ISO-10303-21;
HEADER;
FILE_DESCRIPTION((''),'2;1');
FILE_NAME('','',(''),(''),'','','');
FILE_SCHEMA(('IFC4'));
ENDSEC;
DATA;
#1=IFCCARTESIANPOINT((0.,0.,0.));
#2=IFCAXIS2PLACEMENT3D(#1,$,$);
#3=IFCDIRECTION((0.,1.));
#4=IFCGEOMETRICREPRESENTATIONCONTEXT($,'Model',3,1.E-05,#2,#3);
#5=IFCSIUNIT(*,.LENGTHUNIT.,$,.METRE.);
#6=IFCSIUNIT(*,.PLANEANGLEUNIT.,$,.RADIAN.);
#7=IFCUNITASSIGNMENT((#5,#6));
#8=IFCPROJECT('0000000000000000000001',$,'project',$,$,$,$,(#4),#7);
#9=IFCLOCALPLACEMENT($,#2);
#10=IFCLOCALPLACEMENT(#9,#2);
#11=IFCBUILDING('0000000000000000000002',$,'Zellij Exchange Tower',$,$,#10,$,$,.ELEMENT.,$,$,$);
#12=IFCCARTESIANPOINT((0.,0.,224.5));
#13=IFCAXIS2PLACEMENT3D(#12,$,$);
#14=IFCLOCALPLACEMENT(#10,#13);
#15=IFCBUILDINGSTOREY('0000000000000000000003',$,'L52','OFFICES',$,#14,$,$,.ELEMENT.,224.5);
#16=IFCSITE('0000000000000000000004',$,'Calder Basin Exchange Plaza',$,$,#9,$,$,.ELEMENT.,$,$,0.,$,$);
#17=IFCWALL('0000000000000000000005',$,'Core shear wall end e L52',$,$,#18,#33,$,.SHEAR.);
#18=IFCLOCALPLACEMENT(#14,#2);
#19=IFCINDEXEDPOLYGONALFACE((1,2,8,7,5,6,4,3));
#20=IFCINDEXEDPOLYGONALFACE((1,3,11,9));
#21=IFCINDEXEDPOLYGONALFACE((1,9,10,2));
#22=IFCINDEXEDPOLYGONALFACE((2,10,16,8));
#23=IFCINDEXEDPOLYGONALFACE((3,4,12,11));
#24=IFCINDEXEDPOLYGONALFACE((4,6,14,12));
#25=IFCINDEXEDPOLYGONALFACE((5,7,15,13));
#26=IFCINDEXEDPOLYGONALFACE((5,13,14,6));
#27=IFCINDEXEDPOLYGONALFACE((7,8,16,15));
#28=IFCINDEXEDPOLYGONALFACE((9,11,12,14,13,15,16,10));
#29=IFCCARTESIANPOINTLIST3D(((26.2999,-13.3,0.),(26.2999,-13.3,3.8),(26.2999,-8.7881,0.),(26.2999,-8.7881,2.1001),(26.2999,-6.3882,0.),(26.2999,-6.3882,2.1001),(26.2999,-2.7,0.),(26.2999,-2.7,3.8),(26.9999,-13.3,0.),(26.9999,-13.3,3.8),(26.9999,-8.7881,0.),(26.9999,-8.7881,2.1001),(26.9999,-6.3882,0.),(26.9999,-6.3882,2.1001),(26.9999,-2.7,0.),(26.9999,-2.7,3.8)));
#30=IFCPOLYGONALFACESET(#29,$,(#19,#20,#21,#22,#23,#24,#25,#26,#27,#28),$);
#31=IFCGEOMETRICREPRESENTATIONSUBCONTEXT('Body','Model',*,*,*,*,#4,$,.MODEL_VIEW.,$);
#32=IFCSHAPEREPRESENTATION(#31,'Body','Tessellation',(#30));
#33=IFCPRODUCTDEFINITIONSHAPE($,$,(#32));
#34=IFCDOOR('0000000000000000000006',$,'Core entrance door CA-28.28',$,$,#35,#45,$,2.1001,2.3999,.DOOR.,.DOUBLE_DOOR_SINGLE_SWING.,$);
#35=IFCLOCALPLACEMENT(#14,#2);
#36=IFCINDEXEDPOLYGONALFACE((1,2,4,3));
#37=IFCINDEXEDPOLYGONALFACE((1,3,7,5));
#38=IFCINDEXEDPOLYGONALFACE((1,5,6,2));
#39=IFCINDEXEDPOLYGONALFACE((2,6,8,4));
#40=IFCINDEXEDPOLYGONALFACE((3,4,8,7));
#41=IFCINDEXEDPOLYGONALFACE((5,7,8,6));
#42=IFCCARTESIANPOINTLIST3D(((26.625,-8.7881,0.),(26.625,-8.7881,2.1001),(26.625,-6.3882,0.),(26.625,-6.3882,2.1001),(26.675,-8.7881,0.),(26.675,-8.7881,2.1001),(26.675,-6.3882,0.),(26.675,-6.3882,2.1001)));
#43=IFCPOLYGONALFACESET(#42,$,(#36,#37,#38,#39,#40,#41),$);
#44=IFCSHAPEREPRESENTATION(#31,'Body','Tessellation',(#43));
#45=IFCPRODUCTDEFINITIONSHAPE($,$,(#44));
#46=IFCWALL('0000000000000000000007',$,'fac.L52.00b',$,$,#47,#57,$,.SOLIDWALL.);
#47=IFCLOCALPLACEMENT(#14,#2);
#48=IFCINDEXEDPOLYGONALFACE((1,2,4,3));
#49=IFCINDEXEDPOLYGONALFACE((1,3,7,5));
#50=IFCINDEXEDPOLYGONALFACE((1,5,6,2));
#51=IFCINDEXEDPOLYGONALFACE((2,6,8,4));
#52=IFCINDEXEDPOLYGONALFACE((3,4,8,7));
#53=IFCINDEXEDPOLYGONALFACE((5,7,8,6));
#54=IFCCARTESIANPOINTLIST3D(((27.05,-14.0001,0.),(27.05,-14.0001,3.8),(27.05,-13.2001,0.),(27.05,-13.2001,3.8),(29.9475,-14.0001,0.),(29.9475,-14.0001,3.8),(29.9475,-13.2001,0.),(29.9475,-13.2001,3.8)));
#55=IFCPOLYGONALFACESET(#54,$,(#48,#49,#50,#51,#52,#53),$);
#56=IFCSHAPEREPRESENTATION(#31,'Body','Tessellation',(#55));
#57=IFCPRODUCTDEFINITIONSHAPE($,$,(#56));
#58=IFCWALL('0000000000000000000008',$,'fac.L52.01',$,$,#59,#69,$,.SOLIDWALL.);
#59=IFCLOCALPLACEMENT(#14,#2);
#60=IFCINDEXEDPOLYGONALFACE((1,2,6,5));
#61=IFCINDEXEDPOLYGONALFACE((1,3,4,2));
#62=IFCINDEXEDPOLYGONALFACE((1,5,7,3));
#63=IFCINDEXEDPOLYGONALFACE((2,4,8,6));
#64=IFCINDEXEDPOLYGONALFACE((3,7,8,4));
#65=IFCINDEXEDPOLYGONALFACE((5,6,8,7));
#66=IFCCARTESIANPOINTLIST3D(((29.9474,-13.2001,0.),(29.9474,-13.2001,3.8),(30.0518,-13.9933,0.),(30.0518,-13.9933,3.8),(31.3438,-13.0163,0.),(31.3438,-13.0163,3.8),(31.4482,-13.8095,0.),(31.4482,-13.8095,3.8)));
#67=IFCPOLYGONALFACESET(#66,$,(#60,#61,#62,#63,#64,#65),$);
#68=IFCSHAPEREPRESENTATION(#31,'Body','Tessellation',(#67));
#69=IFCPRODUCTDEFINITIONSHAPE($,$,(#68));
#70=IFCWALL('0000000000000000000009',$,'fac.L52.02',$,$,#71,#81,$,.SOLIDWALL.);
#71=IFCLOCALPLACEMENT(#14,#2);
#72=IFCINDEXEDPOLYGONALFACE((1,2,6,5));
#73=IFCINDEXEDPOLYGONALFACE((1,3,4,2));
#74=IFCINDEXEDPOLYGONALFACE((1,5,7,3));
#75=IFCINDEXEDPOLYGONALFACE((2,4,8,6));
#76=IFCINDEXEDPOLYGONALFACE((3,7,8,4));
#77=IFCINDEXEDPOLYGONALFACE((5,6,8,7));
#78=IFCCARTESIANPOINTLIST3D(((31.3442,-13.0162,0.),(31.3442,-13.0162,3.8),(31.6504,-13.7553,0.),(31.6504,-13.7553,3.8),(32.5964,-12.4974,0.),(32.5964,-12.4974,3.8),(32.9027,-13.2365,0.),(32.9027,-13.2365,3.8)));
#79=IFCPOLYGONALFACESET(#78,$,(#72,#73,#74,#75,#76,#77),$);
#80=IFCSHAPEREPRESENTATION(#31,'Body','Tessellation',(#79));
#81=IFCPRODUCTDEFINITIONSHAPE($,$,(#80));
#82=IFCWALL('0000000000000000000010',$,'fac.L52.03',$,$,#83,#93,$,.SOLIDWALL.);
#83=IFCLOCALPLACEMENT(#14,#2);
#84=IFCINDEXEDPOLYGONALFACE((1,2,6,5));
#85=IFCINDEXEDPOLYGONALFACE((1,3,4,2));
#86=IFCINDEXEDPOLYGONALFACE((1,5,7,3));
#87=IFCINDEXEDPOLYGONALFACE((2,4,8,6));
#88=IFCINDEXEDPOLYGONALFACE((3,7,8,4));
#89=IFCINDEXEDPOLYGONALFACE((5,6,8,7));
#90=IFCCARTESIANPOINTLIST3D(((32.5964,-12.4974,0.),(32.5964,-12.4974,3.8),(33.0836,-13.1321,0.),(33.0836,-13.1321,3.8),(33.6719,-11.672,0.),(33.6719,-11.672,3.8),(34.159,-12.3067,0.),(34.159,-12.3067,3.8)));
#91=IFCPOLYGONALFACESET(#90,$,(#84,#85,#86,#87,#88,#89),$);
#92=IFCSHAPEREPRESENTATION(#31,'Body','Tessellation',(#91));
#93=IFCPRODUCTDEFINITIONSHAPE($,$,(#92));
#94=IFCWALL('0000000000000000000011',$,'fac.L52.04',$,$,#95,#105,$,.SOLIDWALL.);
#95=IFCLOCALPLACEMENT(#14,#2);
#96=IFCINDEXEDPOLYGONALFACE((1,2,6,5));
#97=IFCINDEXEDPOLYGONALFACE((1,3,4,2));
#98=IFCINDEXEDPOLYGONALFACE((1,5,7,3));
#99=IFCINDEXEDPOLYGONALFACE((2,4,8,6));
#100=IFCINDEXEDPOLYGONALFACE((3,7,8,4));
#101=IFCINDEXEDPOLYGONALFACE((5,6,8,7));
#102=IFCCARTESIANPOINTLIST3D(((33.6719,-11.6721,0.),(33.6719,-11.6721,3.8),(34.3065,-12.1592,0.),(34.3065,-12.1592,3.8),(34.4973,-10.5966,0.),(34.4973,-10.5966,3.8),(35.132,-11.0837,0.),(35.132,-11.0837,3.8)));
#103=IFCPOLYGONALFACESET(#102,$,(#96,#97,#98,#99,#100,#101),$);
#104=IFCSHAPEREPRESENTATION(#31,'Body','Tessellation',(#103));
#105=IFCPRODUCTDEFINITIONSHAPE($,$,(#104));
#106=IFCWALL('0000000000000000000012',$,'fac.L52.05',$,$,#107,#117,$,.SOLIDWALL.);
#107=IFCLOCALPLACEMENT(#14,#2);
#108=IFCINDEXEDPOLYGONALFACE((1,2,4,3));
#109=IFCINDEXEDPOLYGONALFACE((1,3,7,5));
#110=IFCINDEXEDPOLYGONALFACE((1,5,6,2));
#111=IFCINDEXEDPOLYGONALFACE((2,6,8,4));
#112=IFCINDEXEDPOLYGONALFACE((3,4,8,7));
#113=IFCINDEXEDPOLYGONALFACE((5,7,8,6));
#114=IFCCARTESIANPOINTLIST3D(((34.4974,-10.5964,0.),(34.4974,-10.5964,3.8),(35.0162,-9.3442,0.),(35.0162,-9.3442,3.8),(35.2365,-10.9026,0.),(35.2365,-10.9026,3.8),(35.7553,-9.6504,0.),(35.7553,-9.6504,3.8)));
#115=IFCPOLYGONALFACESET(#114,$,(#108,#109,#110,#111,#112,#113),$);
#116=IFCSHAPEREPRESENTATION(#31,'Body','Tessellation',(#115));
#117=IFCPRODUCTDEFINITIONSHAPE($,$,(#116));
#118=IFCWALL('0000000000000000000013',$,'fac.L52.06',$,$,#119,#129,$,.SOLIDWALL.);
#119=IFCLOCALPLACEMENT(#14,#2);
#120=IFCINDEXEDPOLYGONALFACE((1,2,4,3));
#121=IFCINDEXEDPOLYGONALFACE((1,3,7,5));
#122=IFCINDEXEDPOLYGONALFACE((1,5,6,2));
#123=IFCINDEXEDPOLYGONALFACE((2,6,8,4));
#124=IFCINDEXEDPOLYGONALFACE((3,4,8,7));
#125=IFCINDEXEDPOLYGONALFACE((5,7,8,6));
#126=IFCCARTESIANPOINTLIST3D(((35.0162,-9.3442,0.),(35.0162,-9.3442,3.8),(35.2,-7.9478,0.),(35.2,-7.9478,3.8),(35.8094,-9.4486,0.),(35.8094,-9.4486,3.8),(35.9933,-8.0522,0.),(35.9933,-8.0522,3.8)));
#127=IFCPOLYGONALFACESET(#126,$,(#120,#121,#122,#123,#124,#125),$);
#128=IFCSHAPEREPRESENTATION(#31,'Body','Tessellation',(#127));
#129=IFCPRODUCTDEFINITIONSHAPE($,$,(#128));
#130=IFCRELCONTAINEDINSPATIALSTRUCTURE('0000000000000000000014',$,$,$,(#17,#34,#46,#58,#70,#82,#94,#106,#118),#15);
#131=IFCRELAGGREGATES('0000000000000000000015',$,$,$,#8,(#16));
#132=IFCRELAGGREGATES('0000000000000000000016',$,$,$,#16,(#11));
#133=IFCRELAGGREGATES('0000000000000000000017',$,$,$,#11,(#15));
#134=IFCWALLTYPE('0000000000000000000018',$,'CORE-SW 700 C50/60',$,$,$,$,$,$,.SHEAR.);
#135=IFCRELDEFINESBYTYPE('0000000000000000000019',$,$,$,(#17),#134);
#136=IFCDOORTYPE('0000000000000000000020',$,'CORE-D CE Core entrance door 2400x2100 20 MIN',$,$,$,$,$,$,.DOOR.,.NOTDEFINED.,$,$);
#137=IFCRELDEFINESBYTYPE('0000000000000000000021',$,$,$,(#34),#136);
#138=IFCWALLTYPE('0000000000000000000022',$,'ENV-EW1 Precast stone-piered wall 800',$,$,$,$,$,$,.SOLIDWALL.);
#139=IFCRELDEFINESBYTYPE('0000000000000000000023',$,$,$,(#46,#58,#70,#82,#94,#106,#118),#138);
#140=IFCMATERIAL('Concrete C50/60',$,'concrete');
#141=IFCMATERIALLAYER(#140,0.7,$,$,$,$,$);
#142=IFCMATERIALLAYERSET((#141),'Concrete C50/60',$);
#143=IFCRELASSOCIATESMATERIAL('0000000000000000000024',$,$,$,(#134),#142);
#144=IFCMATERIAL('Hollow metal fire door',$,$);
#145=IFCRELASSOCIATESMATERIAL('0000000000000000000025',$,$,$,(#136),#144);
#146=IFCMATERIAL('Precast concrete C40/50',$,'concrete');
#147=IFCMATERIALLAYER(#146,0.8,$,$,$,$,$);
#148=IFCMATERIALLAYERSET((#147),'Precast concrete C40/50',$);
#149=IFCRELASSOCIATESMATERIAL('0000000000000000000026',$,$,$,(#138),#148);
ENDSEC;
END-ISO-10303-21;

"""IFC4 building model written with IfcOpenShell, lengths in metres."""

from ifc_helpers import new_model, si_unit, direction, frame, frame_2d, origin, place, context, subcontext, project, spatial, rectangle, extrude, material, layer, layer_set, type_object, element, fill, save


model = new_model("IFC4")

# Units and contexts
model_context = context("Model", 3, precision=1e-05, world=origin(), true_north=direction((0.0, 1.0)))
body_context = subcontext(model_context, "Body", "Model", "MODEL_VIEW")
ifc_project = project(units=[si_unit("LENGTHUNIT", "METRE"), si_unit("PLANEANGLEUNIT", "RADIAN")], contexts=[model_context])

# Site, building, storey
site_placement = place(None, origin())
site = spatial("IfcSite", under=ifc_project, at=site_placement, Name="Calder Basin Exchange Plaza", CompositionType="ELEMENT", RefElevation=0.0)
building_placement = place(site_placement, origin())
building = spatial("IfcBuilding", under=site, at=building_placement, Name="Zellij Exchange Tower", CompositionType="ELEMENT")
storey_placement = place(building_placement, frame((0.0, 0.0, 224.5)))
storey = spatial("IfcBuildingStorey", under=building, at=storey_placement, Name="L52", Description="OFFICES", CompositionType="ELEMENT", Elevation=224.5)

# Shared definitions
ifc_material_1 = material(Name="Concrete C50/60", Category="concrete")

# Wall, opening, door
ifc_layer_1 = layer(ifc_material_1, 0.7)
ifc_layer_set_1 = layer_set([ifc_layer_1], Name="Concrete C50/60")
wall_type_1 = type_object("IfcWallType", Name="CORE-SW 700 C50/60", PredefinedType="SHEAR", material=ifc_layer_set_1)
wall_1_placement = place(storey_placement, frame((26.6499, -13.3, 0.0), z_axis=(0.0, 0.0, 1.0), x_axis=(0.0, 1.0, 0.0)))
wall_1 = element("IfcWall", 1, at=wall_1_placement, inside=storey, type_object=wall_type_1, Name="Core shear wall end e L52", PredefinedType="SHEAR", context=body_context, shape_type="SweptSolid", body=[
    extrude(rectangle(XDim=10.6001, YDim=0.7, at=frame_2d((5.3, 0.0))), origin(), (0.0, 0.0, 1.0), 3.8),
])
opening_1_placement = place(wall_1_placement, frame((4.512, 0.0, 0.0)))
opening_1 = element("IfcOpeningElement", 2, at=opening_1_placement, cuts=wall_1, PredefinedType="OPENING", context=body_context, shape_type="SweptSolid", body=[
    extrude(rectangle(XDim=2.3999, YDim=2.1001, at=frame_2d((1.2, 1.05))), frame((0.0, 0.3618, 0.0), z_axis=(0.0, -1.0, 0.0), x_axis=(1.0, 0.0, 0.0)), (0.0, 0.0, 1.0), 0.7239),
])
ifc_material_2 = material(Name="Hollow metal fire door")
door_type_1 = type_object("IfcDoorType", Name="CORE-D CE Core entrance door 2400x2100 20 MIN", OperationType="NOTDEFINED", PredefinedType="DOOR", material=ifc_material_2)
door_1_placement = place(opening_1_placement, origin())
door_1 = element("IfcDoor", 3, at=door_1_placement, inside=storey, type_object=door_type_1, Name="Core entrance door CA-28.28", OperationType="DOUBLE_DOOR_SINGLE_SWING", OverallHeight=2.1001, OverallWidth=2.3999, PredefinedType="DOOR", context=body_context, shape_type="SweptSolid", body=[
    extrude(rectangle(XDim=2.3999, YDim=2.1001, at=frame_2d((1.2, 1.05))), frame((0.0, 0.0249, 0.0), z_axis=(0.0, -1.0, 0.0), x_axis=(1.0, 0.0, 0.0)), (0.0, 0.0, 1.0), 0.05),
])
fill(opening_1, door_1)

# Walls
ifc_material_3 = material(Name="Precast concrete C40/50", Category="concrete")
ifc_layer_2 = layer(ifc_material_3, 0.8)
ifc_layer_set_2 = layer_set([ifc_layer_2], Name="Precast concrete C40/50")
wall_type_2 = type_object("IfcWallType", Name="ENV-EW1 Precast stone-piered wall 800", PredefinedType="SOLIDWALL", material=ifc_layer_set_2)
wall_2_placement = place(storey_placement, frame((27.05, -13.6001, 0.0), z_axis=(0.0, 0.0, 1.0), x_axis=(1.0, 0.0, 0.0)))
element("IfcWall", 4, at=wall_2_placement, inside=storey, type_object=wall_type_2, Name="fac.L52.00b", PredefinedType="SOLIDWALL", context=body_context, shape_type="SweptSolid", body=[
    extrude(rectangle(XDim=2.8975, YDim=0.8, at=frame_2d((1.4487, 0.0))), origin(), (0.0, 0.0, 1.0), 3.8),
])
wall_3_placement = place(storey_placement, frame((29.9998, -13.5967, 0.0), z_axis=(0.0, 0.0, 1.0), x_axis=(0.991446, 0.130517, 0.0)))
element("IfcWall", 5, at=wall_3_placement, inside=storey, type_object=wall_type_2, Name="fac.L52.01", PredefinedType="SOLIDWALL", context=body_context, shape_type="SweptSolid", body=[
    extrude(rectangle(XDim=1.4084, YDim=0.8, at=frame_2d((0.7041, 0.0))), origin(), (0.0, 0.0, 1.0), 3.8),
])
wall_4_placement = place(storey_placement, frame((31.4973, -13.3857, 0.0), z_axis=(0.0, 0.0, 1.0), x_axis=(0.923848, 0.38276, 0.0)))
element("IfcWall", 6, at=wall_4_placement, inside=storey, type_object=wall_type_2, Name="fac.L52.02", PredefinedType="SOLIDWALL", context=body_context, shape_type="SweptSolid", body=[
    extrude(rectangle(XDim=1.3555, YDim=0.8, at=frame_2d((0.6777, 0.0))), origin(), (0.0, 0.0, 1.0), 3.8),
])
for number, where, z_axis, x_axis, name in (
    (7, (32.8401, -12.8147, 0.0), (0.0, 0.0, 1.0), (0.793273, 0.608866, 0.0), "fac.L52.03"),
    (8, (33.9893, -11.9155, 0.0), (0.0, 0.0, 1.0), (0.608866, 0.793273, 0.0), "fac.L52.04"),
):
    element("IfcWall", number, at=place(storey_placement, frame(where, z_axis=z_axis, x_axis=x_axis)), inside=storey, type_object=wall_type_2, Name=name, PredefinedType="SOLIDWALL", context=body_context, shape_type="SweptSolid", body=[
        extrude(rectangle(XDim=1.3557, YDim=0.8, at=frame_2d((0.6777, 0.0))), origin(), (0.0, 0.0, 1.0), 3.8),
    ])
wall_5_placement = place(storey_placement, frame((34.8669, -10.7495, 0.0), z_axis=(0.0, 0.0, 1.0), x_axis=(0.38276, 0.923848, 0.0)))
element("IfcWall", 9, at=wall_5_placement, inside=storey, type_object=wall_type_2, Name="fac.L52.05", PredefinedType="SOLIDWALL", context=body_context, shape_type="SweptSolid", body=[
    extrude(rectangle(XDim=1.3555, YDim=0.8, at=frame_2d((0.6777, 0.0))), origin(), (0.0, 0.0, 1.0), 3.8),
])
wall_6_placement = place(storey_placement, frame((35.4128, -9.3962, 0.0), z_axis=(0.0, 0.0, 1.0), x_axis=(0.130517, 0.991446, 0.0)))
element("IfcWall", 10, at=wall_6_placement, inside=storey, type_object=wall_type_2, Name="fac.L52.06", PredefinedType="SOLIDWALL", context=body_context, shape_type="SweptSolid", body=[
    extrude(rectangle(XDim=1.4084, YDim=0.8, at=frame_2d((0.7041, 0.0))), origin(), (0.0, 0.0, 1.0), 3.8),
])

save(model, "model.ifc")
